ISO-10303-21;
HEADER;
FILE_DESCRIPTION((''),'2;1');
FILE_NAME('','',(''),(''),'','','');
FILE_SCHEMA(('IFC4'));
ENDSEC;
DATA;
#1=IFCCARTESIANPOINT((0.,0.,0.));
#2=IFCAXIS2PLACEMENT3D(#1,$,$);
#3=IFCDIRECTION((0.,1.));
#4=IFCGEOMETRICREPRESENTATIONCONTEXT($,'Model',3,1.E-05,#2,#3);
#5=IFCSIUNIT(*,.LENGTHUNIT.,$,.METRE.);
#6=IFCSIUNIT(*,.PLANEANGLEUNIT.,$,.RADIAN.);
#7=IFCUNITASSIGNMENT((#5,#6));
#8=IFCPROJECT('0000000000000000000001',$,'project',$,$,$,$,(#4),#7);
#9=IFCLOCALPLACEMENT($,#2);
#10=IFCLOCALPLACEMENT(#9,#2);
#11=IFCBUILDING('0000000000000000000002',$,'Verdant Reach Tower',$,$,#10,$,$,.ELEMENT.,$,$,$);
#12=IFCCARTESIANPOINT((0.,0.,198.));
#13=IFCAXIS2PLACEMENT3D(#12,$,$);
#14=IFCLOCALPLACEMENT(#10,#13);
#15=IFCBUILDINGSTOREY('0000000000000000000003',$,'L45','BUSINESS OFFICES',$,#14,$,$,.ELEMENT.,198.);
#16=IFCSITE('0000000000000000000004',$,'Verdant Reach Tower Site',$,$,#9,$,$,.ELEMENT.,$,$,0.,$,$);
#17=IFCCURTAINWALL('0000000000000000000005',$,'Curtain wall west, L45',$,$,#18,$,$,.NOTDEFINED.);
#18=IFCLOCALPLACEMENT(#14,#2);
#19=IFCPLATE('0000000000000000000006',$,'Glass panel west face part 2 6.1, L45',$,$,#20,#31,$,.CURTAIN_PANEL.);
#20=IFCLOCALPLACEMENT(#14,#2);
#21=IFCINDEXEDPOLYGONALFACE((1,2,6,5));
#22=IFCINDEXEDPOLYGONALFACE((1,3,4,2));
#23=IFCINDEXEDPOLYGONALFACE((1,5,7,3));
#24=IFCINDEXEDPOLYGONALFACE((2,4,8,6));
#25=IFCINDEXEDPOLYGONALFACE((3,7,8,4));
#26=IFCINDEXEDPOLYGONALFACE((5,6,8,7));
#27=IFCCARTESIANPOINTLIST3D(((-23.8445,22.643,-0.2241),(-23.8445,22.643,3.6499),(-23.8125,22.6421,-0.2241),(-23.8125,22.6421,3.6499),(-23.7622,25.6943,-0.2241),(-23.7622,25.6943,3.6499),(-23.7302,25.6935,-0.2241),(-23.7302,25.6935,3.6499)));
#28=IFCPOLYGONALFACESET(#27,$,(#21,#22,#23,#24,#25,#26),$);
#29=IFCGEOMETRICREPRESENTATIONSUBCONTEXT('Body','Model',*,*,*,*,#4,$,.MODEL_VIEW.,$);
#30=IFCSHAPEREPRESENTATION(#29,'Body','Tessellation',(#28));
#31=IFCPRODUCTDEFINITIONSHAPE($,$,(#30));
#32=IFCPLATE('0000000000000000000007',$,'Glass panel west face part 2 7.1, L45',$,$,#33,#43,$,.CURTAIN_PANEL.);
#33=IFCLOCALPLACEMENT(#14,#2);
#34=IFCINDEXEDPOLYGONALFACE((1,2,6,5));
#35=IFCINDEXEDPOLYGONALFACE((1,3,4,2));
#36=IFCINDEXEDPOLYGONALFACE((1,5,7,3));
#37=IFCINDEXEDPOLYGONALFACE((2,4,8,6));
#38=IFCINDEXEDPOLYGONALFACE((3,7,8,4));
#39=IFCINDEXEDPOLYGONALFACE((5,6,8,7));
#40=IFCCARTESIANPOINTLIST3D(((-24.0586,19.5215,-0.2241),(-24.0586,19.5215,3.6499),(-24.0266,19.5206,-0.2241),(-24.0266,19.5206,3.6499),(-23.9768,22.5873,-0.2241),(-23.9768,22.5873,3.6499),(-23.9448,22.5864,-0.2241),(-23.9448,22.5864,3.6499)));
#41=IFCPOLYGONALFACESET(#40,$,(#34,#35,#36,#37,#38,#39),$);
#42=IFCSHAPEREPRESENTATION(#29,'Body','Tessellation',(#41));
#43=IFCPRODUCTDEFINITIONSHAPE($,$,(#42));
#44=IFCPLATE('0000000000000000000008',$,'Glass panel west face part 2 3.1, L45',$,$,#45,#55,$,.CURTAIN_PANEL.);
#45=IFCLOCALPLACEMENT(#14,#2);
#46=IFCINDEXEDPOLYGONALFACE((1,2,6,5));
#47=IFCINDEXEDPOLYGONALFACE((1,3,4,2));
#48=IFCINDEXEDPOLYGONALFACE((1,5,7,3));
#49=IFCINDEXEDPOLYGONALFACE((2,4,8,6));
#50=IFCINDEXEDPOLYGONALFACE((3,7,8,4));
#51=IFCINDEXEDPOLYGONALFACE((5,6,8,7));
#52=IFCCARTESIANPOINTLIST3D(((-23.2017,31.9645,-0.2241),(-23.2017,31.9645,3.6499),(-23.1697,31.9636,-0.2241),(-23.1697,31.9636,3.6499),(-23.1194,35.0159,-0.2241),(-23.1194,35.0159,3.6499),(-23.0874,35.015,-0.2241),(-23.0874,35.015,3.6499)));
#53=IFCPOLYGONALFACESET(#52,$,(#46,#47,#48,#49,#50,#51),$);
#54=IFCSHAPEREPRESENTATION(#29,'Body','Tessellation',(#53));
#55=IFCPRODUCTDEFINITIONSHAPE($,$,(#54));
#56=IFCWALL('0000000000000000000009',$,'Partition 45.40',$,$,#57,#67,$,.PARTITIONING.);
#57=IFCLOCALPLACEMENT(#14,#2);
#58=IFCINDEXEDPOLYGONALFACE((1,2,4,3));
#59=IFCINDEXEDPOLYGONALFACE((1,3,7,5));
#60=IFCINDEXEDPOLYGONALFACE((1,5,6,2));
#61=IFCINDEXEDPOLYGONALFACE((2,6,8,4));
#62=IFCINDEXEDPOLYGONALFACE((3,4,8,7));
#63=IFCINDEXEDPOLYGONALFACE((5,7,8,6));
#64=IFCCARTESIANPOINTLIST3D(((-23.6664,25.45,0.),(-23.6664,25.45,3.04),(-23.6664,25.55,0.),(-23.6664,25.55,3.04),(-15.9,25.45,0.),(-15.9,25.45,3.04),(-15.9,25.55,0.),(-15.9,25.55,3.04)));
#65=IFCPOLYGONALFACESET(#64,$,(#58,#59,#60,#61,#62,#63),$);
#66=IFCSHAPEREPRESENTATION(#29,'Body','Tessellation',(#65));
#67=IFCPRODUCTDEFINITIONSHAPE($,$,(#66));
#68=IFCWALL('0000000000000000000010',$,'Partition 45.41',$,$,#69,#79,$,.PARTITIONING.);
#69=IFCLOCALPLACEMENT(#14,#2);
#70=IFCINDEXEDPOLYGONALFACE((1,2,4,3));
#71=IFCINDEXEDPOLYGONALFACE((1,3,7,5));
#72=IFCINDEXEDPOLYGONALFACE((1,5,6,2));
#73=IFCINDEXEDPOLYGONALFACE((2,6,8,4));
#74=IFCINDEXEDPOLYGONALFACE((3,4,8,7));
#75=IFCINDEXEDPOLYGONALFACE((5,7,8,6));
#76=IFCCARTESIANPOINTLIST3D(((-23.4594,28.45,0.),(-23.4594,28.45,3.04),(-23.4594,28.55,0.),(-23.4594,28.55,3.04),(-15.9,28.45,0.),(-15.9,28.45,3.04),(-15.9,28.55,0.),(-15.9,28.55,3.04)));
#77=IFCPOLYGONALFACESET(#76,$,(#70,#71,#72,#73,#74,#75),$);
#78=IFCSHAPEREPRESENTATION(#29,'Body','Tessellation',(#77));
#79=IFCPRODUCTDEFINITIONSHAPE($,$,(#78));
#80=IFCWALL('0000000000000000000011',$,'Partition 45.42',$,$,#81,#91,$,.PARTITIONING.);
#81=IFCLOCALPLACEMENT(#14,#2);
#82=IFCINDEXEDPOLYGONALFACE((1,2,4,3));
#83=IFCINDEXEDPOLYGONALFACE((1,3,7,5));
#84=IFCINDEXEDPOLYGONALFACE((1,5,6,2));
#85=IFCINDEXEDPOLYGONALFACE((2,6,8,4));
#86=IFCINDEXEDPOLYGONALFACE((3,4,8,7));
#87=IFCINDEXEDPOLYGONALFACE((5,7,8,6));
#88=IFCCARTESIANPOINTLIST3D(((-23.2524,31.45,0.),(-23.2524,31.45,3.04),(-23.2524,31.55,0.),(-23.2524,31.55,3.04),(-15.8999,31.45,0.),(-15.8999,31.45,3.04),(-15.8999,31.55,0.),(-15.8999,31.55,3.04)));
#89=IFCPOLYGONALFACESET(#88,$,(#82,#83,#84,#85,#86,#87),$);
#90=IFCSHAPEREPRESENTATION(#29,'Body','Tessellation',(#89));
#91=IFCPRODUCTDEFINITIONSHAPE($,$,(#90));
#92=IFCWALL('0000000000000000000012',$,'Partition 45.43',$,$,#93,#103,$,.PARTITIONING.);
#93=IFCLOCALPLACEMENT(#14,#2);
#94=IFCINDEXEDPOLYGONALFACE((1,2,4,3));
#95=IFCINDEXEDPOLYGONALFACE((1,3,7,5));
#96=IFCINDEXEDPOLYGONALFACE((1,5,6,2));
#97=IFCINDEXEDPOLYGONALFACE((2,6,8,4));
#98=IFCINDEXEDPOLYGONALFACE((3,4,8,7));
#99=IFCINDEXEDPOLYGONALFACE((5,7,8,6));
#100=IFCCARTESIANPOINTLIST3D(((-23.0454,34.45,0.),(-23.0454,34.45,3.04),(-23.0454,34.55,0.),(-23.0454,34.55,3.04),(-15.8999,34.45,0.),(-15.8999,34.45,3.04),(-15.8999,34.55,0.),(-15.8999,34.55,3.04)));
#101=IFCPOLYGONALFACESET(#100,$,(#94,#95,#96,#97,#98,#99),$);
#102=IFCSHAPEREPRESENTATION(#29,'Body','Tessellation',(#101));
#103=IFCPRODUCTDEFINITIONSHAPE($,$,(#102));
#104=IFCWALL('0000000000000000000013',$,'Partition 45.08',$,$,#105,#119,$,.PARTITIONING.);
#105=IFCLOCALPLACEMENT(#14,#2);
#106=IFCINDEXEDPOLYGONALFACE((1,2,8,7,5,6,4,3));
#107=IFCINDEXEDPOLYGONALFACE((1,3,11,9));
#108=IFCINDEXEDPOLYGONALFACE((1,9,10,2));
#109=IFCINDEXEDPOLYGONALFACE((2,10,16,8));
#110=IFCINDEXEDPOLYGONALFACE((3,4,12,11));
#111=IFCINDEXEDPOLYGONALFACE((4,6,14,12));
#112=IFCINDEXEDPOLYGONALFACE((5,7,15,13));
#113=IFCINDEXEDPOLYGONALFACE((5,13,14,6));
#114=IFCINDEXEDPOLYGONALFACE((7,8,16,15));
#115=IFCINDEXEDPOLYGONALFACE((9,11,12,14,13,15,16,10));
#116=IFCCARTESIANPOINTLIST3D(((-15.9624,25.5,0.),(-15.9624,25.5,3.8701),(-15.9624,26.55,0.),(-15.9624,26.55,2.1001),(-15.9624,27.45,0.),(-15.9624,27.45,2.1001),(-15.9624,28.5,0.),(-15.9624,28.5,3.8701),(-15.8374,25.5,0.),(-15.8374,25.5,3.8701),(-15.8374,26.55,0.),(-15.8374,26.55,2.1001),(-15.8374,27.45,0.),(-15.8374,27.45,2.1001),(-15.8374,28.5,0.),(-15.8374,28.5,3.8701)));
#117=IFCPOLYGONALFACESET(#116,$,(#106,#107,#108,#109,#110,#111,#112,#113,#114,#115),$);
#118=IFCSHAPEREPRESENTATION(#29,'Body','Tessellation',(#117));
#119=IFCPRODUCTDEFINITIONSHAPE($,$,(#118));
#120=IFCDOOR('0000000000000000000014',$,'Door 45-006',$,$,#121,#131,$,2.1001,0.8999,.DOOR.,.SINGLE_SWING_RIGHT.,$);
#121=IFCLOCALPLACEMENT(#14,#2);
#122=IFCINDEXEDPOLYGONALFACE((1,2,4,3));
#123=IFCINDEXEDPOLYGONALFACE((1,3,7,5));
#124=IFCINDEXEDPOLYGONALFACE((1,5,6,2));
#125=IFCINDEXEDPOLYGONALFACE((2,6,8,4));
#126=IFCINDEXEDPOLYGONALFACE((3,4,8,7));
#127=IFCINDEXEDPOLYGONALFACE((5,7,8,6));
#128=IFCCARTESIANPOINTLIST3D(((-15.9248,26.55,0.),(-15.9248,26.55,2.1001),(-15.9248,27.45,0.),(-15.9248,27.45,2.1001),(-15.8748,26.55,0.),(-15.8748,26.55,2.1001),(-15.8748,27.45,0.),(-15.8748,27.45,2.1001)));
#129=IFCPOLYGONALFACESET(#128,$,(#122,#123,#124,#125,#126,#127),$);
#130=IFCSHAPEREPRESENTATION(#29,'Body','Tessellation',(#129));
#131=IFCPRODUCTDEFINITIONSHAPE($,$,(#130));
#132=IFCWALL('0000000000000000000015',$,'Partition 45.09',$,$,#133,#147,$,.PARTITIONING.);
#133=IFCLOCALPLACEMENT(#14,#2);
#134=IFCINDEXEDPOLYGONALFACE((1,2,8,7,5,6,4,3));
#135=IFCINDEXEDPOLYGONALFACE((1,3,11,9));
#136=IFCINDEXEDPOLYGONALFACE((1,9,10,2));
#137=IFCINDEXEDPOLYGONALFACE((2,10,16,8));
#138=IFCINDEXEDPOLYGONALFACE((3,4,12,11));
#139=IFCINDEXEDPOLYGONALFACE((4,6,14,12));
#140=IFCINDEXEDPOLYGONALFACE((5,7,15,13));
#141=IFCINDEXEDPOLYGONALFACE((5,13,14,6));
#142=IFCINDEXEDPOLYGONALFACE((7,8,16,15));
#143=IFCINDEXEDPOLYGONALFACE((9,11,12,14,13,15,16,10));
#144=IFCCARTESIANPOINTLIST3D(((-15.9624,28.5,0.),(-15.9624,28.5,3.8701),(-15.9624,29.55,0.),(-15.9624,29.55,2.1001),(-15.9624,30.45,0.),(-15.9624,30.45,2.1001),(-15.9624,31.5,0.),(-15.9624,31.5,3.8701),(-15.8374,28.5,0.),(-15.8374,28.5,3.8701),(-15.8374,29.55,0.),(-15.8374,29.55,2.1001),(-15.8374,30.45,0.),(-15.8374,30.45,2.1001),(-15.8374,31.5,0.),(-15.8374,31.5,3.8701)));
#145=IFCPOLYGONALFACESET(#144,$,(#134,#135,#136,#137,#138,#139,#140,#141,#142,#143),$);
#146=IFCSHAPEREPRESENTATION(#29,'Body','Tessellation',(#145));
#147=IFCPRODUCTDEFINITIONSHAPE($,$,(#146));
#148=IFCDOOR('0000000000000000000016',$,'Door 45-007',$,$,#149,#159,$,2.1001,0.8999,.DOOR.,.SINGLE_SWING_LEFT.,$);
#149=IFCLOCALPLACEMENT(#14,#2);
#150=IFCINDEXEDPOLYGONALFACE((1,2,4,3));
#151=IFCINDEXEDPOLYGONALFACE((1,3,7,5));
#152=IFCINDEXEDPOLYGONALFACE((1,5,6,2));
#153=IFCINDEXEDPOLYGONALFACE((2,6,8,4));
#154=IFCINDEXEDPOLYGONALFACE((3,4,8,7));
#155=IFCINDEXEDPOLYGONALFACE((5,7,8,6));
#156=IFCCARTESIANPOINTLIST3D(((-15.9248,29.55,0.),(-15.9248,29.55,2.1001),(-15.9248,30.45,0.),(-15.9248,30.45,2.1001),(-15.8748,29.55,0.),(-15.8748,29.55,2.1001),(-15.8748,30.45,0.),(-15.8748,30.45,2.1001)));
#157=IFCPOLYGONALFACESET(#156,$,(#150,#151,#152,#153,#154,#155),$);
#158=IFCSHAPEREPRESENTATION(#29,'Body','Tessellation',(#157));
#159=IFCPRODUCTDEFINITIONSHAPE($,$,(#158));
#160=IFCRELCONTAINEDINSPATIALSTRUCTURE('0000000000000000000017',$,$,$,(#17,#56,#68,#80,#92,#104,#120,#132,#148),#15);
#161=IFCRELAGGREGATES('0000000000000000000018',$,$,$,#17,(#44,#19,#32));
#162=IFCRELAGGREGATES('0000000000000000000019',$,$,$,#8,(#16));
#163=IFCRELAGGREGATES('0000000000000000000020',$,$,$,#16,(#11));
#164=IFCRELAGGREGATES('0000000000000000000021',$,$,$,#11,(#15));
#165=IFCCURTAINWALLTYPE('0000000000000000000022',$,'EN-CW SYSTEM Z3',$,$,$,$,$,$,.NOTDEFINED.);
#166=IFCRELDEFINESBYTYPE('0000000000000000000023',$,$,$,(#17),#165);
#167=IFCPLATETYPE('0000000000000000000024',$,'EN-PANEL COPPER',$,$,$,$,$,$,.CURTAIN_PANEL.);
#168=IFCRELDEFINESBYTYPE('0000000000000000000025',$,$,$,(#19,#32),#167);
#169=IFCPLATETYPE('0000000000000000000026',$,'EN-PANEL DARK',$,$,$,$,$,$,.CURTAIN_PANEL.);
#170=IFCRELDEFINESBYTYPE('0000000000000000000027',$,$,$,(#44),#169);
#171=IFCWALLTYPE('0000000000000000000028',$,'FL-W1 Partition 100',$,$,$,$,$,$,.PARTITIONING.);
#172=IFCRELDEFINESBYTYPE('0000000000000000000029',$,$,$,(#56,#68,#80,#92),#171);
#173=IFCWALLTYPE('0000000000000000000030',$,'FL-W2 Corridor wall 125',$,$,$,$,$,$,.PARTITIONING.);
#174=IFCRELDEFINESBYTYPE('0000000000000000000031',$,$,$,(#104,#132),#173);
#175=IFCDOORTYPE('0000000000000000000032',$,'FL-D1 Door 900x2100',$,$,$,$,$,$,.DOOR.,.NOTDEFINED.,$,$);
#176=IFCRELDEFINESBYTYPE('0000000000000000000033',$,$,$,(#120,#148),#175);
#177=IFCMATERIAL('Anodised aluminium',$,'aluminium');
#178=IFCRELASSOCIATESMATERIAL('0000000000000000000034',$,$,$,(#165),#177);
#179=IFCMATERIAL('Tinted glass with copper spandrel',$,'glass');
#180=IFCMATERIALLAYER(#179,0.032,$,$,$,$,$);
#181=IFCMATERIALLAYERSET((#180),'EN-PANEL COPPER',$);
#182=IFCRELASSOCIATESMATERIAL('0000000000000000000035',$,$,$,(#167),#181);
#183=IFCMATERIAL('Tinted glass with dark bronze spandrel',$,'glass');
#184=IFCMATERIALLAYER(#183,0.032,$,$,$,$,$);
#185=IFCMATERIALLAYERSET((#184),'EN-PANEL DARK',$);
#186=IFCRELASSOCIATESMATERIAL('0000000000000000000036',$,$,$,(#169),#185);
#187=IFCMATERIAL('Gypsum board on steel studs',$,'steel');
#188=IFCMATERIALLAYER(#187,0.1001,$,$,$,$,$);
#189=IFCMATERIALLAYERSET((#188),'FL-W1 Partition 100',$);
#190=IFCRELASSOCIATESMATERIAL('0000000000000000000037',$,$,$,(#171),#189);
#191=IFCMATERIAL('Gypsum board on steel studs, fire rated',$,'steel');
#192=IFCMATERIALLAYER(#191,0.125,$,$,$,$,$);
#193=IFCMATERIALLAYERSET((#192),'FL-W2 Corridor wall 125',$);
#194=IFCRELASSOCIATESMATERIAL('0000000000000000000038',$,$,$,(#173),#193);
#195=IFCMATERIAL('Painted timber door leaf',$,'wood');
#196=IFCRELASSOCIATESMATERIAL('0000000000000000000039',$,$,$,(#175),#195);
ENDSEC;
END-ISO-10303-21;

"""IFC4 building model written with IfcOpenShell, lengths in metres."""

from ifc_helpers import new_model, si_unit, direction, frame, frame_2d, origin, origin_2d, place, context, subcontext, project, spatial, rectangle, extrude, material, layer, layer_set, type_object, element, fill, aggregate, save


model = new_model("IFC4")

# Units and contexts
model_context = context("Model", 3, precision=1e-05, world=origin(), true_north=direction((0.0, 1.0)))
body_context = subcontext(model_context, "Body", "Model", "MODEL_VIEW")
ifc_project = project(units=[si_unit("LENGTHUNIT", "METRE"), si_unit("PLANEANGLEUNIT", "RADIAN")], contexts=[model_context])

# Site, building, storey
site_placement = place(None, origin())
site = spatial("IfcSite", under=ifc_project, at=site_placement, Name="Verdant Reach Tower Site", CompositionType="ELEMENT", RefElevation=0.0)
building_placement = place(site_placement, origin())
building = spatial("IfcBuilding", under=site, at=building_placement, Name="Verdant Reach Tower", CompositionType="ELEMENT")
storey_placement = place(building_placement, frame((0.0, 0.0, 198.0)))
storey = spatial("IfcBuildingStorey", under=building, at=storey_placement, Name="L45", Description="BUSINESS OFFICES", CompositionType="ELEMENT", Elevation=198.0)

# Curtain wall, plates
ifc_material_1 = material(Name="Anodised aluminium", Category="aluminium")
curtain_wall_type = type_object("IfcCurtainWallType", Name="EN-CW SYSTEM Z3", PredefinedType="NOTDEFINED", material=ifc_material_1)
curtain_wall_placement = place(storey_placement, origin())
curtain_wall = element("IfcCurtainWall", 1, at=curtain_wall_placement, inside=storey, type_object=curtain_wall_type, Name="Curtain wall west, L45", PredefinedType="NOTDEFINED")
ifc_material_2 = material(Name="Tinted glass with copper spandrel", Category="glass")
ifc_layer_1 = layer(ifc_material_2, 0.032)
ifc_layer_set_1 = layer_set([ifc_layer_1], Name="EN-PANEL COPPER")
plate_type_1 = type_object("IfcPlateType", Name="EN-PANEL COPPER", PredefinedType="CURTAIN_PANEL", material=ifc_layer_set_1)
plate_1_placement = place(storey_placement, frame((-23.7874, 24.1682, -0.2241), z_axis=(0.0, 0.0, 1.0), x_axis=(-0.026965, -0.999636, 0.0)))
plate_1 = element("IfcPlate", 2, at=plate_1_placement, type_object=plate_type_1, Name="Glass panel west face part 2 6.1, L45", PredefinedType="CURTAIN_PANEL", context=body_context, shape_type="SweptSolid", body=[
    extrude(rectangle(XDim=3.0525, YDim=0.032, at=origin_2d()), origin(), (0.0, 0.0, 1.0), 3.874),
])
plate_2_placement = place(storey_placement, frame((-24.0017, 21.054, -0.2241), z_axis=(0.0, 0.0, 1.0), x_axis=(-0.02666, -0.999645, 0.0)))
plate_2 = element("IfcPlate", 3, at=plate_2_placement, type_object=plate_type_1, Name="Glass panel west face part 2 7.1, L45", PredefinedType="CURTAIN_PANEL", context=body_context, shape_type="SweptSolid", body=[
    extrude(rectangle(XDim=3.0669, YDim=0.032, at=origin_2d()), origin(), (0.0, 0.0, 1.0), 3.874),
])
ifc_material_3 = material(Name="Tinted glass with dark bronze spandrel", Category="glass")
ifc_layer_2 = layer(ifc_material_3, 0.032)
ifc_layer_set_2 = layer_set([ifc_layer_2], Name="EN-PANEL DARK")
plate_type_2 = type_object("IfcPlateType", Name="EN-PANEL DARK", PredefinedType="CURTAIN_PANEL", material=ifc_layer_set_2)
plate_3_placement = place(storey_placement, frame((-23.1445, 33.4897, -0.2241), z_axis=(0.0, 0.0, 1.0), x_axis=(-0.026965, -0.999636, 0.0)))
plate_3 = element("IfcPlate", 4, at=plate_3_placement, type_object=plate_type_2, Name="Glass panel west face part 2 3.1, L45", PredefinedType="CURTAIN_PANEL", context=body_context, shape_type="SweptSolid", body=[
    extrude(rectangle(XDim=3.0525, YDim=0.032, at=origin_2d()), origin(), (0.0, 0.0, 1.0), 3.874),
])
aggregate(curtain_wall, [plate_3, plate_1, plate_2])

# Walls
ifc_material_4 = material(Name="Gypsum board on steel studs", Category="steel")
ifc_layer_3 = layer(ifc_material_4, 0.1001)
ifc_layer_set_3 = layer_set([ifc_layer_3], Name="FL-W1 Partition 100")
wall_type_1 = type_object("IfcWallType", Name="FL-W1 Partition 100", PredefinedType="PARTITIONING", material=ifc_layer_set_3)
wall_1_placement = place(storey_placement, frame((-15.8999, 25.5, 0.0), z_axis=(0.0, 0.0, 1.0), x_axis=(-1.0, 0.0, 0.0)))
element("IfcWall", 5, at=wall_1_placement, inside=storey, type_object=wall_type_1, Name="Partition 45.40", PredefinedType="PARTITIONING", context=body_context, shape_type="SweptSolid", body=[
    extrude(rectangle(XDim=7.7664, YDim=0.1001, at=frame_2d((3.8833, 0.0))), origin(), (0.0, 0.0, 1.0), 3.04),
])
wall_2_placement = place(storey_placement, frame((-15.8999, 28.5, 0.0), z_axis=(0.0, 0.0, 1.0), x_axis=(-1.0, 0.0, 0.0)))
element("IfcWall", 6, at=wall_2_placement, inside=storey, type_object=wall_type_1, Name="Partition 45.41", PredefinedType="PARTITIONING", context=body_context, shape_type="SweptSolid", body=[
    extrude(rectangle(XDim=7.5593, YDim=0.1001, at=frame_2d((3.7798, 0.0))), origin(), (0.0, 0.0, 1.0), 3.04),
])
wall_3_placement = place(storey_placement, frame((-15.8999, 31.5, 0.0), z_axis=(0.0, 0.0, 1.0), x_axis=(-1.0, 0.0, 0.0)))
element("IfcWall", 7, at=wall_3_placement, inside=storey, type_object=wall_type_1, Name="Partition 45.42", PredefinedType="PARTITIONING", context=body_context, shape_type="SweptSolid", body=[
    extrude(rectangle(XDim=7.3525, YDim=0.1001, at=frame_2d((3.6763, 0.0))), origin(), (0.0, 0.0, 1.0), 3.04),
])
wall_4_placement = place(storey_placement, frame((-15.8999, 34.5, 0.0), z_axis=(0.0, 0.0, 1.0), x_axis=(-1.0, 0.0, 0.0)))
element("IfcWall", 8, at=wall_4_placement, inside=storey, type_object=wall_type_1, Name="Partition 45.43", PredefinedType="PARTITIONING", context=body_context, shape_type="SweptSolid", body=[
    extrude(rectangle(XDim=7.1455, YDim=0.1001, at=frame_2d((3.5728, 0.0))), origin(), (0.0, 0.0, 1.0), 3.04),
])

# Walls, openings, doors
ifc_material_5 = material(Name="Gypsum board on steel studs, fire rated", Category="steel")
ifc_layer_4 = layer(ifc_material_5, 0.125)
ifc_layer_set_4 = layer_set([ifc_layer_4], Name="FL-W2 Corridor wall 125")
wall_type_2 = type_object("IfcWallType", Name="FL-W2 Corridor wall 125", PredefinedType="PARTITIONING", material=ifc_layer_set_4)
wall_5_placement = place(storey_placement, frame((-15.8999, 25.5, 0.0), z_axis=(0.0, 0.0, 1.0), x_axis=(0.0, 1.0, 0.0)))
wall_5 = element("IfcWall", 9, at=wall_5_placement, inside=storey, type_object=wall_type_2, Name="Partition 45.08", PredefinedType="PARTITIONING", context=body_context, shape_type="SweptSolid", body=[
    extrude(rectangle(XDim=3.0, YDim=0.125, at=frame_2d((1.5, 0.0))), origin(), (0.0, 0.0, 1.0), 3.8701),
])
opening_1_placement = place(wall_5_placement, frame((1.05, 0.0, 0.0)))
opening_1 = element("IfcOpeningElement", 10, at=opening_1_placement, cuts=wall_5, PredefinedType="OPENING", context=body_context, shape_type="SweptSolid", body=[
    extrude(rectangle(XDim=0.8999, YDim=2.1001, at=frame_2d((0.45, 1.05))), frame((0.0, 0.0725, 0.0), z_axis=(0.0, -1.0, 0.0), x_axis=(1.0, 0.0, 0.0)), (0.0, 0.0, 1.0), 0.145),
])
ifc_material_6 = material(Name="Painted timber door leaf", Category="wood")
door_type_1 = type_object("IfcDoorType", Name="FL-D1 Door 900x2100", OperationType="NOTDEFINED", PredefinedType="DOOR", material=ifc_material_6)
door_1_placement = place(opening_1_placement, origin())
door_1 = element("IfcDoor", 11, at=door_1_placement, inside=storey, type_object=door_type_1, Name="Door 45-006", OperationType="SINGLE_SWING_RIGHT", OverallHeight=2.1001, OverallWidth=0.8999, PredefinedType="DOOR", context=body_context, shape_type="SweptSolid", body=[
    extrude(rectangle(XDim=0.8999, YDim=2.1001, at=frame_2d((0.45, 1.05))), frame((0.0, 0.0249, 0.0), z_axis=(0.0, -1.0, 0.0), x_axis=(1.0, 0.0, 0.0)), (0.0, 0.0, 1.0), 0.05),
])
fill(opening_1, door_1)
wall_6_placement = place(storey_placement, frame((-15.8999, 28.5, 0.0), z_axis=(0.0, 0.0, 1.0), x_axis=(0.0, 1.0, 0.0)))
wall_6 = element("IfcWall", 12, at=wall_6_placement, inside=storey, type_object=wall_type_2, Name="Partition 45.09", PredefinedType="PARTITIONING", context=body_context, shape_type="SweptSolid", body=[
    extrude(rectangle(XDim=3.0, YDim=0.125, at=frame_2d((1.5, 0.0))), origin(), (0.0, 0.0, 1.0), 3.8701),
])
opening_2_placement = place(wall_6_placement, frame((1.05, 0.0, 0.0)))
opening_2 = element("IfcOpeningElement", 13, at=opening_2_placement, cuts=wall_6, PredefinedType="OPENING", context=body_context, shape_type="SweptSolid", body=[
    extrude(rectangle(XDim=0.8999, YDim=2.1001, at=frame_2d((0.45, 1.05))), frame((0.0, 0.0725, 0.0), z_axis=(0.0, -1.0, 0.0), x_axis=(1.0, 0.0, 0.0)), (0.0, 0.0, 1.0), 0.145),
])
door_2_placement = place(opening_2_placement, origin())
door_2 = element("IfcDoor", 14, at=door_2_placement, inside=storey, type_object=door_type_1, Name="Door 45-007", OperationType="SINGLE_SWING_LEFT", OverallHeight=2.1001, OverallWidth=0.8999, PredefinedType="DOOR", context=body_context, shape_type="SweptSolid", body=[
    extrude(rectangle(XDim=0.8999, YDim=2.1001, at=frame_2d((0.45, 1.05))), frame((0.0, 0.0249, 0.0), z_axis=(0.0, -1.0, 0.0), x_axis=(1.0, 0.0, 0.0)), (0.0, 0.0, 1.0), 0.05),
])
fill(opening_2, door_2)

save(model, "model.ifc")
